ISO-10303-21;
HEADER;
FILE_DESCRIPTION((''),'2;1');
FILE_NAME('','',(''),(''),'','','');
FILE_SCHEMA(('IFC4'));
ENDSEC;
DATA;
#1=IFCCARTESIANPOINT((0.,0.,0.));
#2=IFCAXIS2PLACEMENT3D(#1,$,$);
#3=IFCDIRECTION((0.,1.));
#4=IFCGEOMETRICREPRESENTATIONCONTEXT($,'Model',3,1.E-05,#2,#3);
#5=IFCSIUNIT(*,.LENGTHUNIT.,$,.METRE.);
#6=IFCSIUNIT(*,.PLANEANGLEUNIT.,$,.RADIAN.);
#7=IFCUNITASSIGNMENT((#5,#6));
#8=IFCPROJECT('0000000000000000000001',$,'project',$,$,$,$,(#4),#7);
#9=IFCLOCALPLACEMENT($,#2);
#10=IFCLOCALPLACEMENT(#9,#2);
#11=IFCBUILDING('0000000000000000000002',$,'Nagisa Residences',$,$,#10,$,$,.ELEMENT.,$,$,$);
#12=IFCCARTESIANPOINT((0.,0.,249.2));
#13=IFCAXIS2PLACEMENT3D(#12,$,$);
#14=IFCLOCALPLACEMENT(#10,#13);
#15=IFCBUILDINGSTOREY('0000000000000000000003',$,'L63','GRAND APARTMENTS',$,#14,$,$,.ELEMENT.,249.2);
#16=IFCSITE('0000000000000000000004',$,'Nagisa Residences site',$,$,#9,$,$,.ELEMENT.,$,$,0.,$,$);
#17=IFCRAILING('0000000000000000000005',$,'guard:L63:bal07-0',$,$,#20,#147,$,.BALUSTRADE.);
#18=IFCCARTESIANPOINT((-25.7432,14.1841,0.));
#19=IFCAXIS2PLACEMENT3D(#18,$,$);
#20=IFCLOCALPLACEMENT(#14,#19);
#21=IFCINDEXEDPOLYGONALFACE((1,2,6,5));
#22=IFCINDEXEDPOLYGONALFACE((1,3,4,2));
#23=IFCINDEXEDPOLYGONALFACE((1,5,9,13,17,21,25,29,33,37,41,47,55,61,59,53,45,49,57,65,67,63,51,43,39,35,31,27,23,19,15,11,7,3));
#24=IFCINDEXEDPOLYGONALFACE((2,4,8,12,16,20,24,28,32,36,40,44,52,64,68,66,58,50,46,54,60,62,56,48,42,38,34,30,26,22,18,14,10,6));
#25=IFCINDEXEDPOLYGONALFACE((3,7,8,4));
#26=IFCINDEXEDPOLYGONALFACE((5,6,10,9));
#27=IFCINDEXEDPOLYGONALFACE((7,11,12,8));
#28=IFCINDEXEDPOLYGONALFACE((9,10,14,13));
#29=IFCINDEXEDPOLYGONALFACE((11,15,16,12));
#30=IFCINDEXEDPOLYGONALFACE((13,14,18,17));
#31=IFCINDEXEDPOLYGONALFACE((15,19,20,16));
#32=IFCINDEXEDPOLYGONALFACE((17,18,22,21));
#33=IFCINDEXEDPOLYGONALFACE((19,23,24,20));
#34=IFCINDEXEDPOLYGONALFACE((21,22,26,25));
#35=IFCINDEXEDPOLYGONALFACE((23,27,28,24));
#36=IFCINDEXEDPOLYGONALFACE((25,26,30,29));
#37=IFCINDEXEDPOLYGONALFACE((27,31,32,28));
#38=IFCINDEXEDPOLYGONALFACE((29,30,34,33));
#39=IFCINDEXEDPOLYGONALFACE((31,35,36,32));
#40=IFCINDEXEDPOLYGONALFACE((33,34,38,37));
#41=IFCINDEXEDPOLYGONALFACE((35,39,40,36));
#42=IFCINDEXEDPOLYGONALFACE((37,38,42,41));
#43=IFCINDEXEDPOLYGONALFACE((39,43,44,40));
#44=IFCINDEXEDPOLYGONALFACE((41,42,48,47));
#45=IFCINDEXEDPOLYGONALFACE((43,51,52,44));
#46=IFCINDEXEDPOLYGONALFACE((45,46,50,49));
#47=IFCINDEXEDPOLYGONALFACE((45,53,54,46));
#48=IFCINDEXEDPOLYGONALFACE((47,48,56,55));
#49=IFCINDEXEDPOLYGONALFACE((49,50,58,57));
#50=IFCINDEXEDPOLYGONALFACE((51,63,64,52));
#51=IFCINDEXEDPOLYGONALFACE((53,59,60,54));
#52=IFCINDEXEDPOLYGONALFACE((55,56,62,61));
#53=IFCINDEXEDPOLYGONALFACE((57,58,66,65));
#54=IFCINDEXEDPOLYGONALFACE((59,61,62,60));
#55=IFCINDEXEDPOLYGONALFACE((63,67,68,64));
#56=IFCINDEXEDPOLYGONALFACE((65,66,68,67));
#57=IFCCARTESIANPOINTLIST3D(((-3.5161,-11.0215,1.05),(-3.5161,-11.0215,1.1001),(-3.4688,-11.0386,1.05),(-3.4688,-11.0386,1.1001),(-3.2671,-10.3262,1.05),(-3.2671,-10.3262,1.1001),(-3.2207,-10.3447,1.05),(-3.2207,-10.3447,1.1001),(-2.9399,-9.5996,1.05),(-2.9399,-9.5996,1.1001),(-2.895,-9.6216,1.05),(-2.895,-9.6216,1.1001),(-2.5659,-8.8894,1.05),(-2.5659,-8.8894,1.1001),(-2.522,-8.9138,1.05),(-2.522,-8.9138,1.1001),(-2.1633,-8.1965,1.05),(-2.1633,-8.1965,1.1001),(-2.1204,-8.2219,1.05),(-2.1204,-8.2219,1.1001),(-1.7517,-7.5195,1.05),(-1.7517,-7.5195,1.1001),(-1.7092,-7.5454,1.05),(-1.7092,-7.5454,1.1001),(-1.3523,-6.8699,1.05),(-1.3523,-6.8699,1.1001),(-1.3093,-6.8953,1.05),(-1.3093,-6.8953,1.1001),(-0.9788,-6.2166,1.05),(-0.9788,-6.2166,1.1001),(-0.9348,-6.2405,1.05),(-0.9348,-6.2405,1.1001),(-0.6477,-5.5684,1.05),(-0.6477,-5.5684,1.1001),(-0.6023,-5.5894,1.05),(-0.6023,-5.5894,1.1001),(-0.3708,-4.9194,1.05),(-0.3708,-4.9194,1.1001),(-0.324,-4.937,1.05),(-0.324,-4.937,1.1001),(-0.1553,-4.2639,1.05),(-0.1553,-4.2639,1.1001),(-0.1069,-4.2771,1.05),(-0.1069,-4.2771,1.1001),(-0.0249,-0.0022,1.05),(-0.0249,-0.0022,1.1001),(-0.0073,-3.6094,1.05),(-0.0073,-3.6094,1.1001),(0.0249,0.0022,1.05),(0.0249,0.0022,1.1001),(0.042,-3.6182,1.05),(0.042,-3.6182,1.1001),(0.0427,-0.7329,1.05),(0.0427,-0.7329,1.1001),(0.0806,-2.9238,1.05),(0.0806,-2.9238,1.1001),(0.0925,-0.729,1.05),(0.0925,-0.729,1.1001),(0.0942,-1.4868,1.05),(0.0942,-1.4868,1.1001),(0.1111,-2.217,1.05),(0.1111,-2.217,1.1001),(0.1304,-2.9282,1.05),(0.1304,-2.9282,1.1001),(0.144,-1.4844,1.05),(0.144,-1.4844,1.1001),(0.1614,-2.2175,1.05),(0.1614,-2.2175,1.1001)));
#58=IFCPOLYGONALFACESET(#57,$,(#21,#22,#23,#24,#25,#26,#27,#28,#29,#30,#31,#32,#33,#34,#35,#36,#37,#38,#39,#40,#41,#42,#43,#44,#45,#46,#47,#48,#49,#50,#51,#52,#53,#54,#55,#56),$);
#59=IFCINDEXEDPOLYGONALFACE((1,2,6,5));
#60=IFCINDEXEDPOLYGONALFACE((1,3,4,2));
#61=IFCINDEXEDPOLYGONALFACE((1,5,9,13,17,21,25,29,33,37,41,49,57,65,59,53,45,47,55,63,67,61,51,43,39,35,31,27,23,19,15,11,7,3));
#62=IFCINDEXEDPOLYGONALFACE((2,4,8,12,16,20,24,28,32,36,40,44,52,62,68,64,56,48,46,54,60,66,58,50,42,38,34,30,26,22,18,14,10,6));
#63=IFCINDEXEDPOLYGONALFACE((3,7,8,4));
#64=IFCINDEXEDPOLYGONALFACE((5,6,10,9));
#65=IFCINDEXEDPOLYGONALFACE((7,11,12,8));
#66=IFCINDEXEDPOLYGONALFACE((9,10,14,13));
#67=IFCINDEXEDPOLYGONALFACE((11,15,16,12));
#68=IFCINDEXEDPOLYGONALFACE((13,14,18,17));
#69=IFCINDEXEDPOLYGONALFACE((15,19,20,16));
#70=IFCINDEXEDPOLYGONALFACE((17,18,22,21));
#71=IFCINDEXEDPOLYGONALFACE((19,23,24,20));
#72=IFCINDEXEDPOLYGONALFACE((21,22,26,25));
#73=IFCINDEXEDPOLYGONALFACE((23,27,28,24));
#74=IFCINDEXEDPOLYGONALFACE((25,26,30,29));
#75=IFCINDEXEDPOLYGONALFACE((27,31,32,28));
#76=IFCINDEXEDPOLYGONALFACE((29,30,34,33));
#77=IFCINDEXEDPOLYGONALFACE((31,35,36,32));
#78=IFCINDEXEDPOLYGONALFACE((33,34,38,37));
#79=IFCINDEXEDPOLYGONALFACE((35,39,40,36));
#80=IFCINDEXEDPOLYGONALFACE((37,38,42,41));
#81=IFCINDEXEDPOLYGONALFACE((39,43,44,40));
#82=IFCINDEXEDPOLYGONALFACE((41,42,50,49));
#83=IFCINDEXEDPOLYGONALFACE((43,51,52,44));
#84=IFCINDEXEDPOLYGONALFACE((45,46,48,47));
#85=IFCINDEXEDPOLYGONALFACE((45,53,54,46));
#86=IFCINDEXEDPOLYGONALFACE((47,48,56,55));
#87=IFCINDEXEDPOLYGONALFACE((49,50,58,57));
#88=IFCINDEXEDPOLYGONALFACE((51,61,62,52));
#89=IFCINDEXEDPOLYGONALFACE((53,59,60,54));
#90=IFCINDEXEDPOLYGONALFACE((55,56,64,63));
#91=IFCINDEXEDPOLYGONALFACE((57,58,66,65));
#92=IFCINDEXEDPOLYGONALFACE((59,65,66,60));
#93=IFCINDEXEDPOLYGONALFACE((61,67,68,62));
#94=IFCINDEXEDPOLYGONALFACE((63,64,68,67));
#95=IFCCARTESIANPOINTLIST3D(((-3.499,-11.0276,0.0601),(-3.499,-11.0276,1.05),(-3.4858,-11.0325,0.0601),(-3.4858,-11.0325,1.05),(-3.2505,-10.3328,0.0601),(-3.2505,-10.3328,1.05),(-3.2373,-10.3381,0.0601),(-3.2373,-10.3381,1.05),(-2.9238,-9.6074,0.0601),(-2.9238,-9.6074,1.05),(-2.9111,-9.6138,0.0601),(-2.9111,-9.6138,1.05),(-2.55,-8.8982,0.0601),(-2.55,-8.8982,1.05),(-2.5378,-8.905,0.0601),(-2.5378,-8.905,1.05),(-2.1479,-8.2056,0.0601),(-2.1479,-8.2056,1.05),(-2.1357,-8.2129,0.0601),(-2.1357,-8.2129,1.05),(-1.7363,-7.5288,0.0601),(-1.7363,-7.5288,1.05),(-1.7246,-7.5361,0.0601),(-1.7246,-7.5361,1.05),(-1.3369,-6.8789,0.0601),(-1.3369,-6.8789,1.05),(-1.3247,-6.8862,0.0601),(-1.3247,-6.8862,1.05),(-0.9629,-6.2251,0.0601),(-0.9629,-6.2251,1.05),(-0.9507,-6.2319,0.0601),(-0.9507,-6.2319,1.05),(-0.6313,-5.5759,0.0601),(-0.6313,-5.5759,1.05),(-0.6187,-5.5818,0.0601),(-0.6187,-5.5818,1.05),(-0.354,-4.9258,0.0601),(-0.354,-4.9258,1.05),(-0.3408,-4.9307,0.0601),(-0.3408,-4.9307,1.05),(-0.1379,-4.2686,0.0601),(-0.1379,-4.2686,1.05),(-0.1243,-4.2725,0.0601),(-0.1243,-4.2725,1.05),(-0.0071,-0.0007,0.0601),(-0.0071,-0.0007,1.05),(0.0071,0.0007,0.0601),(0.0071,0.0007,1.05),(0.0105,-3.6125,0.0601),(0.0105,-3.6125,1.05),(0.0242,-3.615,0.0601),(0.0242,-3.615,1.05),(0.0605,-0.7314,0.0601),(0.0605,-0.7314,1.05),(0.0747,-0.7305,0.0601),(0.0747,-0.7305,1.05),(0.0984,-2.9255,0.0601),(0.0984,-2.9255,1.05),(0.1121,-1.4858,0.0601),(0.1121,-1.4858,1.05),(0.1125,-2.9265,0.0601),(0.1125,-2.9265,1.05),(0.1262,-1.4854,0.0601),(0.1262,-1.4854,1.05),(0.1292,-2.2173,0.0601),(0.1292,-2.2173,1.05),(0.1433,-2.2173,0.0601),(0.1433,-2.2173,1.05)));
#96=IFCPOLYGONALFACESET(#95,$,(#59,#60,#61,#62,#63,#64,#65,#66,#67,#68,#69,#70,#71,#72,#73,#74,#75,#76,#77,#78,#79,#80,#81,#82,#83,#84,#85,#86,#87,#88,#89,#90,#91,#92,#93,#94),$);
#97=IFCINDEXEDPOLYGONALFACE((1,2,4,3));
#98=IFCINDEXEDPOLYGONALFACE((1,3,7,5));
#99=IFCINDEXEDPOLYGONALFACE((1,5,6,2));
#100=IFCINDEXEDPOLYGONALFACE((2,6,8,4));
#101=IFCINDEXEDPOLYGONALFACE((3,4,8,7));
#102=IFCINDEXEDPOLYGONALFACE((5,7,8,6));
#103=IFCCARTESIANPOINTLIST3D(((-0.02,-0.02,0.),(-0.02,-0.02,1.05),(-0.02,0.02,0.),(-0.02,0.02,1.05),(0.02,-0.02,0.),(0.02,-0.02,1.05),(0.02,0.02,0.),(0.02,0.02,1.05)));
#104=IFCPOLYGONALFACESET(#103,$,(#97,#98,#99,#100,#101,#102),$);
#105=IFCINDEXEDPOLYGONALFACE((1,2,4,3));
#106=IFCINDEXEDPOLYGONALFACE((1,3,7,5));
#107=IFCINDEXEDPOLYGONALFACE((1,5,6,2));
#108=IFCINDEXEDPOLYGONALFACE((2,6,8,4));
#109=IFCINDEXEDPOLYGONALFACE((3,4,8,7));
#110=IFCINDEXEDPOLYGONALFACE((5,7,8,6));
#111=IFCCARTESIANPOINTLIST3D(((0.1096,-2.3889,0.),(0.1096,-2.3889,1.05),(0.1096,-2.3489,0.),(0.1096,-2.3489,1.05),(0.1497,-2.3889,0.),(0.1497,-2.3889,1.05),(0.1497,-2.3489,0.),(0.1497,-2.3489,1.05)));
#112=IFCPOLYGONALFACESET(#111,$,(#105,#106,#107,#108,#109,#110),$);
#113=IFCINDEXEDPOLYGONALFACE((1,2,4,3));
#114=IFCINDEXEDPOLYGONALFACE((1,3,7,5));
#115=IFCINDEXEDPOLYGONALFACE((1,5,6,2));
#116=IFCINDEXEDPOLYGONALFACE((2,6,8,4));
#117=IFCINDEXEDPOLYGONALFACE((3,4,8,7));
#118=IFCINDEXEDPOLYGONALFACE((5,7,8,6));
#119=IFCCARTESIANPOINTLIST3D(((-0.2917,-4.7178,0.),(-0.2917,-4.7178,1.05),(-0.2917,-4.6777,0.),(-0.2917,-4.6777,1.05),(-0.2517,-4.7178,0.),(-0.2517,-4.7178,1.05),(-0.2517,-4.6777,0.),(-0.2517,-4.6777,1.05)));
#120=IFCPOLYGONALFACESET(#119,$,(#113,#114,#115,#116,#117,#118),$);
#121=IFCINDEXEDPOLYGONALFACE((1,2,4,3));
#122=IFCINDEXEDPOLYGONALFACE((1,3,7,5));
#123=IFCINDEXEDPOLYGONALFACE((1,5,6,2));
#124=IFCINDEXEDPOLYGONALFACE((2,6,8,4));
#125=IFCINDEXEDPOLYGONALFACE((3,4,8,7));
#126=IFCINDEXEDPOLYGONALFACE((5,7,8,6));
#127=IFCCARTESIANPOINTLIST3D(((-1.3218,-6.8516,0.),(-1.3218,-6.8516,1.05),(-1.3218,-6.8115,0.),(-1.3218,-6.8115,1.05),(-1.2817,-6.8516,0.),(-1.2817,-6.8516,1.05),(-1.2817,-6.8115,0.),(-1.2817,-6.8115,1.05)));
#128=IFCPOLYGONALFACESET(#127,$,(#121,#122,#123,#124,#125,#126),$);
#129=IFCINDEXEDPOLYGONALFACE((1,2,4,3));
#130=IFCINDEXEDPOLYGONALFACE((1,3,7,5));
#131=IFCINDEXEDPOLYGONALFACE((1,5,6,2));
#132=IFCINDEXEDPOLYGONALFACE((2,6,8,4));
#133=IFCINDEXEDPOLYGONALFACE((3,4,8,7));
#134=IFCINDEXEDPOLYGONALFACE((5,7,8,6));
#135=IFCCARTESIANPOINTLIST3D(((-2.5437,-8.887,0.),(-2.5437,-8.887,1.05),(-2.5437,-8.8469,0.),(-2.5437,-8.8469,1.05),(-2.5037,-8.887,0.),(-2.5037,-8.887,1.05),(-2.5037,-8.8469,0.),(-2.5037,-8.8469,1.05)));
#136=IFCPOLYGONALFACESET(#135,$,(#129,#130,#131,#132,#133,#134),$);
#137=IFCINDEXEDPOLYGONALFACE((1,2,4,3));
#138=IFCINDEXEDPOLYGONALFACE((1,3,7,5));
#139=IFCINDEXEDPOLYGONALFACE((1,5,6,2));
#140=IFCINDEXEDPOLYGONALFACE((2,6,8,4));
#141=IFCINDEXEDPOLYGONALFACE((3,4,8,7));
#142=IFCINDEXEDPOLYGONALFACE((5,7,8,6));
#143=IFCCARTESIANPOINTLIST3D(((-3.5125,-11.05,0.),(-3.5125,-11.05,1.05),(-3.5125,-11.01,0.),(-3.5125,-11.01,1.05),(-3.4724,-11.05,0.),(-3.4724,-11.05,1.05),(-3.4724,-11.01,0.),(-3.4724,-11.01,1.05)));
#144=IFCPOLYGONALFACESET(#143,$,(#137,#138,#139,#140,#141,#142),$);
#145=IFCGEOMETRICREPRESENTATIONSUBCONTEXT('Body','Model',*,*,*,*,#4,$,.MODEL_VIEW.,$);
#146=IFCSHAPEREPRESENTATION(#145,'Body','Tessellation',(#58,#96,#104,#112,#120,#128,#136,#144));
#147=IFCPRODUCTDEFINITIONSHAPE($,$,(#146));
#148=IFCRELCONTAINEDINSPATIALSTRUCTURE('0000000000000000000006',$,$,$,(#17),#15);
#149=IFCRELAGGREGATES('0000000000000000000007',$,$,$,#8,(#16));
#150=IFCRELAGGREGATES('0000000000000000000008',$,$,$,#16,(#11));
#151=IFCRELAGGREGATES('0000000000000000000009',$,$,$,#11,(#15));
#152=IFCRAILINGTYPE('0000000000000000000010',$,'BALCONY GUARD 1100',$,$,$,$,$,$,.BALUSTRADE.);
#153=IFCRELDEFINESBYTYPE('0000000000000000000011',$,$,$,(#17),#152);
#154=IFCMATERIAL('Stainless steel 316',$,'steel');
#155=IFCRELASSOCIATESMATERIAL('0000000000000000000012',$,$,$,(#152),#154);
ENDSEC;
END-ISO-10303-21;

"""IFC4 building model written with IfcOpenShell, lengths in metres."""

from ifc_helpers import new_model, si_unit, direction, frame, origin, origin_2d, place, context, subcontext, project, spatial, polyline, rectangle, outline, extrude, material, type_object, element, save


model = new_model("IFC4")

# Units and contexts
model_context = context("Model", 3, precision=1e-05, world=origin(), true_north=direction((0.0, 1.0)))
body_context = subcontext(model_context, "Body", "Model", "MODEL_VIEW")
ifc_project = project(units=[si_unit("LENGTHUNIT", "METRE"), si_unit("PLANEANGLEUNIT", "RADIAN")], contexts=[model_context])

# Site, building, storey
site_placement = place(None, origin())
site = spatial("IfcSite", under=ifc_project, at=site_placement, Name="Nagisa Residences site", CompositionType="ELEMENT", RefElevation=0.0)
building_placement = place(site_placement, origin())
building = spatial("IfcBuilding", under=site, at=building_placement, Name="Nagisa Residences", CompositionType="ELEMENT")
storey_placement = place(building_placement, frame((0.0, 0.0, 249.2)))
storey = spatial("IfcBuildingStorey", under=building, at=storey_placement, Name="L63", Description="GRAND APARTMENTS", CompositionType="ELEMENT", Elevation=249.2)

# Railing
ifc_material_1 = material(Name="Stainless steel 316", Category="steel")
railing_type = type_object("IfcRailingType", Name="BALCONY GUARD 1100", PredefinedType="BALUSTRADE", material=ifc_material_1)
railing_1_placement = place(storey_placement, frame((-25.7432, 14.1841, 0.0)))
element("IfcRailing", 1, at=railing_1_placement, inside=storey, type_object=railing_type, Name="guard:L63:bal07-0", PredefinedType="BALUSTRADE", context=body_context, shape_type="SweptSolid", body=[
    extrude(outline(polyline([(0.0925, -0.729), (0.0249, 0.0022), (-0.0249, -0.0022), (0.0427, -0.7329), (0.0942, -1.4868), (0.1111, -2.217), (0.0806, -2.9238), (-0.0073, -3.6094), (-0.1553, -4.2639), (-0.3708, -4.9194), (-0.6477, -5.5684), (-0.9788, -6.2166), (-1.3523, -6.8699), (-1.7517, -7.5195), (-2.1633, -8.1965), (-2.5659, -8.8894), (-2.9399, -9.5996), (-3.2671, -10.3262), (-3.5161, -11.0215), (-3.4688, -11.0386), (-3.2207, -10.3447), (-2.895, -9.6216), (-2.522, -8.9138), (-2.1204, -8.2219), (-1.7092, -7.5454), (-1.3093, -6.8953), (-0.9348, -6.2405), (-0.6023, -5.5894), (-0.324, -4.937), (-0.1069, -4.2771), (0.042, -3.6182), (0.1304, -2.9282), (0.1614, -2.2175), (0.144, -1.4844), (0.0925, -0.729)])), frame((0.0, 0.0, 1.05)), (0.0, 0.0, 1.0), 0.05),
    extrude(outline(polyline([(0.0747, -0.7305), (0.0071, 0.0007), (-0.0071, -0.0007), (0.0605, -0.7314), (0.1121, -1.4858), (0.1292, -2.2173), (0.0984, -2.9255), (0.0105, -3.6125), (-0.1379, -4.2686), (-0.354, -4.9258), (-0.6313, -5.5759), (-0.9629, -6.2251), (-1.3369, -6.8789), (-1.7363, -7.5288), (-2.1479, -8.2056), (-2.55, -8.8982), (-2.9238, -9.6074), (-3.2505, -10.3328), (-3.499, -11.0276), (-3.4858, -11.0325), (-3.2373, -10.3381), (-2.9111, -9.6138), (-2.5378, -8.905), (-2.1357, -8.2129), (-1.7246, -7.5361), (-1.3247, -6.8862), (-0.9507, -6.2319), (-0.6187, -5.5818), (-0.3408, -4.9307), (-0.1243, -4.2725), (0.0242, -3.615), (0.1125, -2.9265), (0.1433, -2.2173), (0.1262, -1.4854), (0.0747, -0.7305)])), frame((0.0, 0.0, 0.0601)), (0.0, 0.0, 1.0), 0.99),
    extrude(rectangle(XDim=0.04, YDim=0.04, at=origin_2d()), origin(), (0.0, 0.0, 1.0), 1.05),
    extrude(rectangle(XDim=0.04, YDim=0.04, at=origin_2d()), frame((0.1296, -2.3689, 0.0)), (0.0, 0.0, 1.0), 1.05),
    extrude(rectangle(XDim=0.04, YDim=0.04, at=origin_2d()), frame((-0.2717, -4.6978, 0.0)), (0.0, 0.0, 1.0), 1.05),
    extrude(rectangle(XDim=0.04, YDim=0.04, at=origin_2d()), frame((-1.3018, -6.8315, 0.0)), (0.0, 0.0, 1.0), 1.05),
    extrude(rectangle(XDim=0.04, YDim=0.04, at=origin_2d()), frame((-2.5237, -8.8669, 0.0)), (0.0, 0.0, 1.0), 1.05),
    extrude(rectangle(XDim=0.04, YDim=0.04, at=origin_2d()), frame((-3.4924, -11.03, 0.0)), (0.0, 0.0, 1.0), 1.05),
])

save(model, "model.ifc")
